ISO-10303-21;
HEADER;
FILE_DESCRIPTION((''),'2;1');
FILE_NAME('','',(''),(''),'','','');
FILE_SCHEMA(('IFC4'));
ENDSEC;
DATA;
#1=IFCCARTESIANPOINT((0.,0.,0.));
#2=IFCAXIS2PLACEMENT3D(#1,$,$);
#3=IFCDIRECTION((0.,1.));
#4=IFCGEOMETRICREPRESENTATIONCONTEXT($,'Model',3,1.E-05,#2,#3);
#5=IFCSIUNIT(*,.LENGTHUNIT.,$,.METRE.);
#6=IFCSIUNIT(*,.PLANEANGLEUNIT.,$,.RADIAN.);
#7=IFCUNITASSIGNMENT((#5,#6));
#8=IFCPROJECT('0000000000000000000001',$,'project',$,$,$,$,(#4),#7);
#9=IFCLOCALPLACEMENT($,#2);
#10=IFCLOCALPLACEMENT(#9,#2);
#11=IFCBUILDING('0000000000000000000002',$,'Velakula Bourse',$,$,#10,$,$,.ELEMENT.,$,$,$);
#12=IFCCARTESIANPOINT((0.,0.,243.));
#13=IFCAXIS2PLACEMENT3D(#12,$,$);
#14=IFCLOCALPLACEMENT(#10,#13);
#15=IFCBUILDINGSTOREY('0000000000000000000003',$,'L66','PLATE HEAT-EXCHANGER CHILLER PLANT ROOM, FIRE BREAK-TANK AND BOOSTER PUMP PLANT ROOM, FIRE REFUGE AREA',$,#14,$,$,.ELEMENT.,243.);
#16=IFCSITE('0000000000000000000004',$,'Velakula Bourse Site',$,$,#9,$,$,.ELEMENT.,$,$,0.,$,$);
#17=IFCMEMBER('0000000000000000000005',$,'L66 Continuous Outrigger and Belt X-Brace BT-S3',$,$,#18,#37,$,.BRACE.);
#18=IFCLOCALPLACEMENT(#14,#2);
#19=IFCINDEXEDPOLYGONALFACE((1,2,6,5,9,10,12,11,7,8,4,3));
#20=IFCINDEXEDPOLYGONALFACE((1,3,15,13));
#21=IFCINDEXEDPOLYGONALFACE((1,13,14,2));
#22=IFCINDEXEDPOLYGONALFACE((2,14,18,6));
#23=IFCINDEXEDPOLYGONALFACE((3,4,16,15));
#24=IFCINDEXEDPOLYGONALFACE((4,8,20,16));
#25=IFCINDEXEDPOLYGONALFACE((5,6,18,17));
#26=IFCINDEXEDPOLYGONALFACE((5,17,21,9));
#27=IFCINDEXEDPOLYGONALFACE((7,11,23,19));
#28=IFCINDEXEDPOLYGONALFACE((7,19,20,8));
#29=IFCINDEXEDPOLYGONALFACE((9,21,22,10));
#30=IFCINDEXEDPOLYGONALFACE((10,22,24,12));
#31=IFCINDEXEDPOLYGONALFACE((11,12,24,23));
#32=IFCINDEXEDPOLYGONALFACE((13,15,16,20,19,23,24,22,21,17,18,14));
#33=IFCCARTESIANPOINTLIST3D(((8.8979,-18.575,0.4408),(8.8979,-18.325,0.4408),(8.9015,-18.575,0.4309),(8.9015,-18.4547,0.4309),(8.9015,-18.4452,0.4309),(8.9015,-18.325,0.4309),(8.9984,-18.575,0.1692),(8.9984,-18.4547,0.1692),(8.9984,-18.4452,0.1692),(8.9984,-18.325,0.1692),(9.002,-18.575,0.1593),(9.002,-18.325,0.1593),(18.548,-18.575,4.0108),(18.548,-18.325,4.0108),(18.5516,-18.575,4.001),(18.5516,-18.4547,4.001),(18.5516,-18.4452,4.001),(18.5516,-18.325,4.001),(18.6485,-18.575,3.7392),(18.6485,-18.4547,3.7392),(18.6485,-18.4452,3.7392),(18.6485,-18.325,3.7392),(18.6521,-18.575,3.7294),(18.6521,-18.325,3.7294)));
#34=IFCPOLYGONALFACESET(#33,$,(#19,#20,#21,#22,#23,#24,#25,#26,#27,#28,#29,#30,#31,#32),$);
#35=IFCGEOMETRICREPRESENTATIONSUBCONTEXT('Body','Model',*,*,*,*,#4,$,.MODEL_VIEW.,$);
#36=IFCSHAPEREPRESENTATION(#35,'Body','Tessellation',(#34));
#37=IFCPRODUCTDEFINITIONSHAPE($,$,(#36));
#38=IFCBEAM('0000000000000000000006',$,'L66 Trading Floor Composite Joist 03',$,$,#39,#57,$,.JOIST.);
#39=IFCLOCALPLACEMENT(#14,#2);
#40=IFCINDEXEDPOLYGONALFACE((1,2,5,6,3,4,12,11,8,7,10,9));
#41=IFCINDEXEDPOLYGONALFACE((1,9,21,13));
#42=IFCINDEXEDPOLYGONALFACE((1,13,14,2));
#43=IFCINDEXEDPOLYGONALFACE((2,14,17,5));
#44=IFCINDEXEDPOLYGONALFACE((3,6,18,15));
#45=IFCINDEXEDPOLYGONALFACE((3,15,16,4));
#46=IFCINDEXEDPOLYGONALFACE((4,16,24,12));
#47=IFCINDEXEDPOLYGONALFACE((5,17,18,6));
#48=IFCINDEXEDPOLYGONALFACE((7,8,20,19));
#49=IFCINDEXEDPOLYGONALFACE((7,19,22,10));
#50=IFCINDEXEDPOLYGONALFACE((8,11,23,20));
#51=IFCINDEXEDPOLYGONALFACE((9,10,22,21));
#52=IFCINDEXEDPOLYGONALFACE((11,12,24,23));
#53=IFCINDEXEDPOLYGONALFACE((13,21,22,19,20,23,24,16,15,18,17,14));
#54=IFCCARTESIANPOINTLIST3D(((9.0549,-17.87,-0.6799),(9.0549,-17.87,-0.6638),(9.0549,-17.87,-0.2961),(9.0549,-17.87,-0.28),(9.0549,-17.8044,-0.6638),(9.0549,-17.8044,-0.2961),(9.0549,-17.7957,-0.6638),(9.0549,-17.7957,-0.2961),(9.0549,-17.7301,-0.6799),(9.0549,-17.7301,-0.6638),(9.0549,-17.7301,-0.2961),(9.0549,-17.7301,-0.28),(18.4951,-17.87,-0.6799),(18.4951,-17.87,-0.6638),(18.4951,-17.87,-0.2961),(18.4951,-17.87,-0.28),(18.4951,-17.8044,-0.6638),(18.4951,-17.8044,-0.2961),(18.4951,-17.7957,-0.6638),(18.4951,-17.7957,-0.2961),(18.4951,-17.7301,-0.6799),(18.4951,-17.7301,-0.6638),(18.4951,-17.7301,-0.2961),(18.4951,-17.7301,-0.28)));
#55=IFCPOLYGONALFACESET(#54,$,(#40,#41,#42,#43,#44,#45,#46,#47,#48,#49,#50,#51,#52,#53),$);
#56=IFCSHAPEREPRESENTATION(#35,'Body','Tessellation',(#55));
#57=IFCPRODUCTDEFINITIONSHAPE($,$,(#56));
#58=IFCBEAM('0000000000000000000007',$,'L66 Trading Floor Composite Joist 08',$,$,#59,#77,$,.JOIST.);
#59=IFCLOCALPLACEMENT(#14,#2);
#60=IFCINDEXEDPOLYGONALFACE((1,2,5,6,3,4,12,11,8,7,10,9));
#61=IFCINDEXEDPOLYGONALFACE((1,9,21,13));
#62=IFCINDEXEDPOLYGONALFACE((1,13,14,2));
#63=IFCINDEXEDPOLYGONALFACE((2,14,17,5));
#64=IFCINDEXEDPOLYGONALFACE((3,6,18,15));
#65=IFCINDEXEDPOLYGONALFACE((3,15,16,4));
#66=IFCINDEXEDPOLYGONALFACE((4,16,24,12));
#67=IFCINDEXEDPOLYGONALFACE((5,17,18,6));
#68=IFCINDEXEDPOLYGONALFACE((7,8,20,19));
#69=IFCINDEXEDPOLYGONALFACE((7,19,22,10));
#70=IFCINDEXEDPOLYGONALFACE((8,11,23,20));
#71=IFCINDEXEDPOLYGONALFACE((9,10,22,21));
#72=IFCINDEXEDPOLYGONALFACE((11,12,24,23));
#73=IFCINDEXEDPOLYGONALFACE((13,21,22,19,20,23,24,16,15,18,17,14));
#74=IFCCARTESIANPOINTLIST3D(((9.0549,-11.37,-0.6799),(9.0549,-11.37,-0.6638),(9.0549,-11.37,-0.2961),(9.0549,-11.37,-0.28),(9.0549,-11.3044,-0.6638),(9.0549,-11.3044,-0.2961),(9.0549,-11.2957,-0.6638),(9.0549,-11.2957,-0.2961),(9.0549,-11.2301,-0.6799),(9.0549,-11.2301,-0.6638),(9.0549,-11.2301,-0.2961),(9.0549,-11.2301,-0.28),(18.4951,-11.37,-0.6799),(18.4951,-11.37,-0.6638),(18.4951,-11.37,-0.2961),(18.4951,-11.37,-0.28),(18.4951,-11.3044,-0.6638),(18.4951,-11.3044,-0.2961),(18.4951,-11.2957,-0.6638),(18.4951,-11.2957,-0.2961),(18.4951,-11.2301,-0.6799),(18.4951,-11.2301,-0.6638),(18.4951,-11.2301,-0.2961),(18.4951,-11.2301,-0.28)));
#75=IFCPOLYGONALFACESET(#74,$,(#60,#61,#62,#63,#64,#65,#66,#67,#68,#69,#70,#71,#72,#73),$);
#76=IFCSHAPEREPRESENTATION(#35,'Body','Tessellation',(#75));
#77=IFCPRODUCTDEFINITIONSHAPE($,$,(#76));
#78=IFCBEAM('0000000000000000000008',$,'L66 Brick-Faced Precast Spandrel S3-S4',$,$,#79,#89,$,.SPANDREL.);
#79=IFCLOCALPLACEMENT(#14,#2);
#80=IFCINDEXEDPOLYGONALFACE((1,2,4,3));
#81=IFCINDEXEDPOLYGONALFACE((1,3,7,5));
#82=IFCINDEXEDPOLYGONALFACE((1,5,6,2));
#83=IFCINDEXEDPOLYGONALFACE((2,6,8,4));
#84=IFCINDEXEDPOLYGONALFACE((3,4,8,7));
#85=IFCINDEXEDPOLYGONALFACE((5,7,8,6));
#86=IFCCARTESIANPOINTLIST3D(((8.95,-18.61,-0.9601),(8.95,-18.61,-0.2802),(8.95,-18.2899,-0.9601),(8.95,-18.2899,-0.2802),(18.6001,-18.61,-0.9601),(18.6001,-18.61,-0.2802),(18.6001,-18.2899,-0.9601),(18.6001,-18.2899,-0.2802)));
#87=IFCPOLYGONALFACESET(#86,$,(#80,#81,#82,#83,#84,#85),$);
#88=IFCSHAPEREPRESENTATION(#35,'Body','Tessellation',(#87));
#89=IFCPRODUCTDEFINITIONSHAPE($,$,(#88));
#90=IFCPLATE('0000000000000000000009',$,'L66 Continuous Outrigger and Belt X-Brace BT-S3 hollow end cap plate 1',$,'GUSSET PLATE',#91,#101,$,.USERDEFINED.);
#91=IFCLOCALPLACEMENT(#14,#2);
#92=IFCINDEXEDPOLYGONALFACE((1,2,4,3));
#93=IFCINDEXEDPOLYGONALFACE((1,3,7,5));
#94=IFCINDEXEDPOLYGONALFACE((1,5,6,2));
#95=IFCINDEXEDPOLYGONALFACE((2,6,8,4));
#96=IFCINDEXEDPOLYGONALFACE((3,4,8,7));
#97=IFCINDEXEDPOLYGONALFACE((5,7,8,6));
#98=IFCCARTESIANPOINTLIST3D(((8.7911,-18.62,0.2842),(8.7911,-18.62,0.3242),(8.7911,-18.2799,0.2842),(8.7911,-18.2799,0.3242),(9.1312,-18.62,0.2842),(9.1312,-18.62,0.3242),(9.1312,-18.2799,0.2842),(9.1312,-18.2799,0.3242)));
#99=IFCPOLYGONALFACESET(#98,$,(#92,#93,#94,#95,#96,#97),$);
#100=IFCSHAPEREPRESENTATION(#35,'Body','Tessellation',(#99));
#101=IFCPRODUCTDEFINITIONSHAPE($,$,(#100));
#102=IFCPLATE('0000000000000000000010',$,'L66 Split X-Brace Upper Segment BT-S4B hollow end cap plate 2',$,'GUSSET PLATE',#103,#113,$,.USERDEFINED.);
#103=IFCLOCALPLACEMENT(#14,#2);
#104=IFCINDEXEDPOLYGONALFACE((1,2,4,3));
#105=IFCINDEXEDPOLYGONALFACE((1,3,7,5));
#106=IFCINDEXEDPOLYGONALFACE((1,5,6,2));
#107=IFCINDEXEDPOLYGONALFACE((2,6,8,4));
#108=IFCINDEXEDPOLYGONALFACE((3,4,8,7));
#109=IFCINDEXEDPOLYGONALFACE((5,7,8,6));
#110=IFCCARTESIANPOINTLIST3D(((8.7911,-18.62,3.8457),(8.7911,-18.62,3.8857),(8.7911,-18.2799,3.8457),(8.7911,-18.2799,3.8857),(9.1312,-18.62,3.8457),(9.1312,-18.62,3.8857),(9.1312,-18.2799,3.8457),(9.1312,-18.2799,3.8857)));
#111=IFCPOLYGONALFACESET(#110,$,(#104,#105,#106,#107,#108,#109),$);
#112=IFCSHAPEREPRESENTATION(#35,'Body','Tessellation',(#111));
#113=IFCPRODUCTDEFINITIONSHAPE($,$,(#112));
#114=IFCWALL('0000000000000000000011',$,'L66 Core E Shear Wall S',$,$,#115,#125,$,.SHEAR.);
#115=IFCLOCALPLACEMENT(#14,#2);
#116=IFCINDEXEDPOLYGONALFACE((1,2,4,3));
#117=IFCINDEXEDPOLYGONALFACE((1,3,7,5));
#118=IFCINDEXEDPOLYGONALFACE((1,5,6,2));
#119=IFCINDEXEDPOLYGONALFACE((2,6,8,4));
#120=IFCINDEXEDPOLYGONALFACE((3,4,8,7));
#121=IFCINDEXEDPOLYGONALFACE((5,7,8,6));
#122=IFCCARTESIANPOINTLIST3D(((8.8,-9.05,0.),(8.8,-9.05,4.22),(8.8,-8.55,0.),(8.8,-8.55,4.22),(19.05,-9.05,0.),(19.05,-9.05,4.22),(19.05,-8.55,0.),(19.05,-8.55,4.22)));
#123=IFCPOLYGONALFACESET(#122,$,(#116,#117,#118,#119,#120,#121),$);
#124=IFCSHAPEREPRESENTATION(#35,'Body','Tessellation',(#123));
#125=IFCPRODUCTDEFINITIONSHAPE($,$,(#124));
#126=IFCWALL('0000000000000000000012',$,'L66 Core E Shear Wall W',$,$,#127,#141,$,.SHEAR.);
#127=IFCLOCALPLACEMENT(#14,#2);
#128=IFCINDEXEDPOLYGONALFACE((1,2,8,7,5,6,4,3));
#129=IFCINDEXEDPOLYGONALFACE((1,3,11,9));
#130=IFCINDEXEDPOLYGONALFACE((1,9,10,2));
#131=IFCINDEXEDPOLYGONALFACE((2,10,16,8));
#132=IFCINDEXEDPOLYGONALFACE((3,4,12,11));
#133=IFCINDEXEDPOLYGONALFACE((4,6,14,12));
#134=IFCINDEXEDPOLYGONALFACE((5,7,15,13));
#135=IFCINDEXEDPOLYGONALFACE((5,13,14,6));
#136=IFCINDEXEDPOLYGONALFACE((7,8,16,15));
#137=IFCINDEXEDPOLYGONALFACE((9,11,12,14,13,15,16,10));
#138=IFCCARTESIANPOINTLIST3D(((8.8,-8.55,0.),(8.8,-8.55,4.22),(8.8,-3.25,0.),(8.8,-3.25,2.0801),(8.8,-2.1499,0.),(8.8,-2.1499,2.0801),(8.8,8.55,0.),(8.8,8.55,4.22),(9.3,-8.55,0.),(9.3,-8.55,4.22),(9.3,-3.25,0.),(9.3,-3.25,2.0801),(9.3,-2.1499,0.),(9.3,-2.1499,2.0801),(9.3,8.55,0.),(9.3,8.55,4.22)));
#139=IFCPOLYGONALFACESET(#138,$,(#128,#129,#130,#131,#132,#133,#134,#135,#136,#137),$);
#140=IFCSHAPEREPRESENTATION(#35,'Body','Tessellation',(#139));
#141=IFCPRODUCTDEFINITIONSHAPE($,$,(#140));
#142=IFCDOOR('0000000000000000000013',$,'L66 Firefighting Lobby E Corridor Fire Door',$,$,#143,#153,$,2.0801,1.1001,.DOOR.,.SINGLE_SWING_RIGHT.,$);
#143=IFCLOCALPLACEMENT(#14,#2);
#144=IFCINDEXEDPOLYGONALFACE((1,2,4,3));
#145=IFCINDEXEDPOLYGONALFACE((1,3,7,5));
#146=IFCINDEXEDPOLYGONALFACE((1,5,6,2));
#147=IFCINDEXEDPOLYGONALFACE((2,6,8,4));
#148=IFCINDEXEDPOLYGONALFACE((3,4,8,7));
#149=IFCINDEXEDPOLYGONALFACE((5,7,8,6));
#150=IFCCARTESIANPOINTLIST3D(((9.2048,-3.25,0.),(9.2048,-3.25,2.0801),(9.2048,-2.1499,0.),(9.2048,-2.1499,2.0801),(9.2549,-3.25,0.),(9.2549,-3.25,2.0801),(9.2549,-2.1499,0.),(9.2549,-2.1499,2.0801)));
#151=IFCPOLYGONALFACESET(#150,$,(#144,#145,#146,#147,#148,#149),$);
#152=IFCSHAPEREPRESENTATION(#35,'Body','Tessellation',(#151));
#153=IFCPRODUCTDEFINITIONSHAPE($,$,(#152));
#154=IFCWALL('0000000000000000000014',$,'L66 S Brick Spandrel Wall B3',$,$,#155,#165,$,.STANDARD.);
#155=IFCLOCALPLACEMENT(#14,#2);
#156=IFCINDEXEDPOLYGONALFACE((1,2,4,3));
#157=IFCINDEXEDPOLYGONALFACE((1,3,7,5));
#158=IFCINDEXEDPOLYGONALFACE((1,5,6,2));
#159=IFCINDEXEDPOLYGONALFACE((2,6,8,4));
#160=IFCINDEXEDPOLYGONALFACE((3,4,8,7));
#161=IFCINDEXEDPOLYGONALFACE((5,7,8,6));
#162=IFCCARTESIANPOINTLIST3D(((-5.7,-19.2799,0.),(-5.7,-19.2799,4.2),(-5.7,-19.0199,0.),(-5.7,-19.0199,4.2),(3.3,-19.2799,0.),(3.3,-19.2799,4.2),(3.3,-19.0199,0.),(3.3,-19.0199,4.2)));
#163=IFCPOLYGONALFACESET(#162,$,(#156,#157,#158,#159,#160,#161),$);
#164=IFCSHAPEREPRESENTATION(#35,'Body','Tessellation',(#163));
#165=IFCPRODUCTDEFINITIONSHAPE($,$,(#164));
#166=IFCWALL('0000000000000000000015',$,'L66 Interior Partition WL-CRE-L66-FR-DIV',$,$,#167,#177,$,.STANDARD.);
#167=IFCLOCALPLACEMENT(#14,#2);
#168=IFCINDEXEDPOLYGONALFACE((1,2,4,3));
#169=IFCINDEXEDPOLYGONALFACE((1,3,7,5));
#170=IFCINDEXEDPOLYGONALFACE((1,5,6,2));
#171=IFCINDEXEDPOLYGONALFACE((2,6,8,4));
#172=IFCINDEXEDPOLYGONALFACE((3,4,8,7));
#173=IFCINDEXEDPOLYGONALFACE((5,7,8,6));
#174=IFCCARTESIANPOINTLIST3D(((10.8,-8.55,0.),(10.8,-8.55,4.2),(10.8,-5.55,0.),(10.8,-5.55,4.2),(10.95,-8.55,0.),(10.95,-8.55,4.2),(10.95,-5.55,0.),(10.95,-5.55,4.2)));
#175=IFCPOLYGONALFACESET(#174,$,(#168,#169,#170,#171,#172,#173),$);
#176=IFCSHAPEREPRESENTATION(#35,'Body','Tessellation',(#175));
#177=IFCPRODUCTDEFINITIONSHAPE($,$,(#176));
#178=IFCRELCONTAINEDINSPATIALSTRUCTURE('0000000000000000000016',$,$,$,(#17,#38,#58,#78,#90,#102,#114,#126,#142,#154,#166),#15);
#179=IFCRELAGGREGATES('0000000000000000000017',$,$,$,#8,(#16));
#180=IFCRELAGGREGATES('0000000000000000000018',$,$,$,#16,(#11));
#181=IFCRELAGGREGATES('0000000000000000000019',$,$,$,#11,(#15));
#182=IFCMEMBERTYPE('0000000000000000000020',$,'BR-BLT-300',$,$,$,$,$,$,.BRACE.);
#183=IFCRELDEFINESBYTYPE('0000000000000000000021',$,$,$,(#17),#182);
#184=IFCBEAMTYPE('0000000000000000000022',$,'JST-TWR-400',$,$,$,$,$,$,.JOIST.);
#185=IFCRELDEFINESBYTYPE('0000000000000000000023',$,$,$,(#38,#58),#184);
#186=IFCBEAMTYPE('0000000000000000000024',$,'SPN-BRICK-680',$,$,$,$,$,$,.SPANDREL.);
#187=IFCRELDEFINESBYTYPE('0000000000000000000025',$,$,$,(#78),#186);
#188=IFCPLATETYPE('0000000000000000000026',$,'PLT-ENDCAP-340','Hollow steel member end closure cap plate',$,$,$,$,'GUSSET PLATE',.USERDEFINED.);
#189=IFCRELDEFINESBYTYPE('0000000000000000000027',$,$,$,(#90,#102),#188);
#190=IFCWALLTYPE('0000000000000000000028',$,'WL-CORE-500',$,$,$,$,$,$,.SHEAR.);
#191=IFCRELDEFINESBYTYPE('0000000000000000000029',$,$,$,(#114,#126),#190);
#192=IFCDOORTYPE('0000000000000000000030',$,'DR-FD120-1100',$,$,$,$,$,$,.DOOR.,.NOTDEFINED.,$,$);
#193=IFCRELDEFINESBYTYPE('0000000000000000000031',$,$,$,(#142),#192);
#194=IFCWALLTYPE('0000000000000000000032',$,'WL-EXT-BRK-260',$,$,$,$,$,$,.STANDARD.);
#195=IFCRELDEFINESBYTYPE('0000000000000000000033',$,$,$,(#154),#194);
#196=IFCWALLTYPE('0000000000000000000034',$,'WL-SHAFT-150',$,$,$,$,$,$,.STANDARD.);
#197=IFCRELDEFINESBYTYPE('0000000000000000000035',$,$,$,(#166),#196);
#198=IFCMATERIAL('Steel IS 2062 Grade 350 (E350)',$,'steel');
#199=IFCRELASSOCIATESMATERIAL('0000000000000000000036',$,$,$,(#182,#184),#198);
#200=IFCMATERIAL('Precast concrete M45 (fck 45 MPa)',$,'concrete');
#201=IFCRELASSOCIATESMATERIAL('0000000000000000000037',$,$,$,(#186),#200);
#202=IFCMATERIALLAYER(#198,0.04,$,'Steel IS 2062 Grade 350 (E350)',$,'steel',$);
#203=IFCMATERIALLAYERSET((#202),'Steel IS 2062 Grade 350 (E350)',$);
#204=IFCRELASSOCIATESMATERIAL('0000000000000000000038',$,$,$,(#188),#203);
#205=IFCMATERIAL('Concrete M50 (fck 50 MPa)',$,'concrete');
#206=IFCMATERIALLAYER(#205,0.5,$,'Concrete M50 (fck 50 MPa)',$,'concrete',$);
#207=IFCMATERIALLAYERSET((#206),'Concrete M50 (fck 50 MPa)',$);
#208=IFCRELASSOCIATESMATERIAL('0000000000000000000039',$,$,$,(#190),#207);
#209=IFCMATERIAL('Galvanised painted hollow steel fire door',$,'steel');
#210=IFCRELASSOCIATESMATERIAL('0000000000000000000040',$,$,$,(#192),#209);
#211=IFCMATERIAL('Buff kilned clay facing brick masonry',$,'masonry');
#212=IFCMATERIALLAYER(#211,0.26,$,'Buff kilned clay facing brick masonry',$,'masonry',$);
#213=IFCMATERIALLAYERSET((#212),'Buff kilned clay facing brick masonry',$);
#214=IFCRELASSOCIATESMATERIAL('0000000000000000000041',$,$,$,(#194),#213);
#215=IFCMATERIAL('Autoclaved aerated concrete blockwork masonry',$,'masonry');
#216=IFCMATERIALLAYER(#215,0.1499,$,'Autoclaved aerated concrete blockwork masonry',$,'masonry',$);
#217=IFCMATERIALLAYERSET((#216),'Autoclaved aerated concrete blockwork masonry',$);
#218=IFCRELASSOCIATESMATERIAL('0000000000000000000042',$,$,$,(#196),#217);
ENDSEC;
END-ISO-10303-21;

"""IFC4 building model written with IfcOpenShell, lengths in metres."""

from ifc_helpers import new_model, si_unit, direction, frame, frame_2d, origin, origin_2d, place, context, subcontext, project, spatial, rectangle, i_section, extrude, material, layer, layer_set, material_profile, profile_set, type_object, element, fill, save


model = new_model("IFC4")

# Units and contexts
model_context = context("Model", 3, precision=1e-05, world=origin(), true_north=direction((0.0, 1.0)))
body_context = subcontext(model_context, "Body", "Model", "MODEL_VIEW")
ifc_project = project(units=[si_unit("LENGTHUNIT", "METRE"), si_unit("PLANEANGLEUNIT", "RADIAN")], contexts=[model_context])

# Site, building, storey
site_placement = place(None, origin())
site = spatial("IfcSite", under=ifc_project, at=site_placement, Name="Velakula Bourse Site", CompositionType="ELEMENT", RefElevation=0.0)
building_placement = place(site_placement, origin())
building = spatial("IfcBuilding", under=site, at=building_placement, Name="Velakula Bourse", CompositionType="ELEMENT")
storey_placement = place(building_placement, frame((0.0, 0.0, 243.0)))
storey = spatial("IfcBuildingStorey", under=building, at=storey_placement, Name="L66", Description="PLATE HEAT-EXCHANGER CHILLER PLANT ROOM, FIRE BREAK-TANK AND BOOSTER PUMP PLANT ROOM, FIRE REFUGE AREA", CompositionType="ELEMENT", Elevation=243.0)

# Shared definitions
ifc_material_1 = material(Name="Concrete M50 (fck 50 MPa)", Category="concrete")
ifc_material_2 = material(Name="Steel IS 2062 Grade 350 (E350)", Category="steel")

# Member
ifc_material_profile_1 = material_profile(ifc_material_2, i_section(OverallWidth=0.25, OverallDepth=0.3, WebThickness=0.0095, FlangeThickness=0.0105, at=origin_2d()), Name="Steel IS 2062 Grade 350 (E350)")
ifc_profile_set_1 = profile_set([ifc_material_profile_1], Name="Steel IS 2062 Grade 350 (E350)")
member_type = type_object("IfcMemberType", Name="BR-BLT-300", PredefinedType="BRACE", material=ifc_profile_set_1)
member_placement = place(storey_placement, frame((8.95, -18.45, 0.3), z_axis=(0.937877, 0.0, 0.346967), x_axis=(0.0, 1.0, 0.0)))
element("IfcMember", 1, at=member_placement, inside=storey, type_object=member_type, Name="L66 Continuous Outrigger and Belt X-Brace BT-S3", PredefinedType="BRACE", context=body_context, shape_type="SweptSolid", body=[
    extrude(i_section(OverallWidth=0.25, OverallDepth=0.3, WebThickness=0.0095, FlangeThickness=0.0105, at=origin_2d()), origin(), (0.0, 0.0, 1.0), 10.2893),
])

# Beams
ifc_material_profile_2 = material_profile(ifc_material_2, i_section(OverallWidth=0.1399, OverallDepth=0.3999, WebThickness=0.0088, FlangeThickness=0.0161, at=origin_2d()), Name="Steel IS 2062 Grade 350 (E350)")
ifc_profile_set_2 = profile_set([ifc_material_profile_2], Name="Steel IS 2062 Grade 350 (E350)")
beam_type_1 = type_object("IfcBeamType", Name="JST-TWR-400", PredefinedType="JOIST", material=ifc_profile_set_2)
for number, where, z_axis, x_axis, name in (
    (2, (9.0549, -17.8, -0.48), (1.0, 0.0, 0.0), (0.0, 1.0, 0.0), "L66 Trading Floor Composite Joist 03"),
    (3, (9.0549, -11.3, -0.48), (1.0, 0.0, 0.0), (0.0, 1.0, 0.0), "L66 Trading Floor Composite Joist 08"),
):
    element("IfcBeam", number, at=place(storey_placement, frame(where, z_axis=z_axis, x_axis=x_axis)), inside=storey, type_object=beam_type_1, Name=name, PredefinedType="JOIST", context=body_context, shape_type="SweptSolid", body=[
        extrude(i_section(OverallWidth=0.1399, OverallDepth=0.3999, WebThickness=0.0088, FlangeThickness=0.0161, at=origin_2d()), origin(), (0.0, 0.0, 1.0), 9.4402),
    ])
ifc_material_3 = material(Name="Precast concrete M45 (fck 45 MPa)", Category="concrete")
ifc_material_profile_3 = material_profile(ifc_material_3, rectangle(XDim=0.3201, YDim=0.6799, at=origin_2d()), Name="Precast concrete M45 (fck 45 MPa)")
ifc_profile_set_3 = profile_set([ifc_material_profile_3], Name="Precast concrete M45 (fck 45 MPa)")
beam_type_2 = type_object("IfcBeamType", Name="SPN-BRICK-680", PredefinedType="SPANDREL", material=ifc_profile_set_3)
beam_1_placement = place(storey_placement, frame((8.95, -18.45, -0.6201), z_axis=(1.0, 0.0, 0.0), x_axis=(0.0, 1.0, 0.0)))
element("IfcBeam", 4, at=beam_1_placement, inside=storey, type_object=beam_type_2, Name="L66 Brick-Faced Precast Spandrel S3-S4", PredefinedType="SPANDREL", context=body_context, shape_type="SweptSolid", body=[
    extrude(rectangle(XDim=0.3201, YDim=0.6799, at=origin_2d()), origin(), (0.0, 0.0, 1.0), 9.6501),
])

# Plates
ifc_layer_1 = layer(ifc_material_2, 0.04, Name="Steel IS 2062 Grade 350 (E350)", Category="steel")
ifc_layer_set_1 = layer_set([ifc_layer_1], Name="Steel IS 2062 Grade 350 (E350)")
plate_type = type_object("IfcPlateType", Name="PLT-ENDCAP-340", Description="Hollow steel member end closure cap plate", ElementType="GUSSET PLATE", PredefinedType="USERDEFINED", material=ifc_layer_set_1)
for number, where, z_axis, x_axis, name in (
    (5, (8.9612, -18.45, 0.2842), (0.0, 0.0, 1.0), (1.0, 0.0, 0.0), "L66 Continuous Outrigger and Belt X-Brace BT-S3 hollow end cap plate 1"),
    (6, (8.9612, -18.45, 3.8457), (0.0, 0.0, 1.0), (-1.0, 0.0, 0.0), "L66 Split X-Brace Upper Segment BT-S4B hollow end cap plate 2"),
):
    element("IfcPlate", number, at=place(storey_placement, frame(where, z_axis=z_axis, x_axis=x_axis)), inside=storey, type_object=plate_type, Name=name, ObjectType="GUSSET PLATE", PredefinedType="USERDEFINED", context=body_context, shape_type="SweptSolid", body=[
        extrude(rectangle(XDim=0.3401, YDim=0.3401, at=origin_2d()), origin(), (0.0, 0.0, 1.0), 0.04),
    ])

# Wall
ifc_layer_2 = layer(ifc_material_1, 0.5, Name="Concrete M50 (fck 50 MPa)", Category="concrete")
ifc_layer_set_2 = layer_set([ifc_layer_2], Name="Concrete M50 (fck 50 MPa)")
wall_type_1 = type_object("IfcWallType", Name="WL-CORE-500", PredefinedType="SHEAR", material=ifc_layer_set_2)
wall_1_placement = place(storey_placement, frame((8.8, -8.8, 0.0), z_axis=(0.0, 0.0, 1.0), x_axis=(1.0, 0.0, 0.0)))
element("IfcWall", 7, at=wall_1_placement, inside=storey, type_object=wall_type_1, Name="L66 Core E Shear Wall S", PredefinedType="SHEAR", context=body_context, shape_type="SweptSolid", body=[
    extrude(rectangle(XDim=10.25, YDim=0.5, at=frame_2d((5.125, 0.0))), origin(), (0.0, 0.0, 1.0), 4.22),
])

# Wall, opening, door
wall_2_placement = place(storey_placement, frame((9.05, -8.55, 0.0), z_axis=(0.0, 0.0, 1.0), x_axis=(0.0, 1.0, 0.0)))
wall_2 = element("IfcWall", 8, at=wall_2_placement, inside=storey, type_object=wall_type_1, Name="L66 Core E Shear Wall W", PredefinedType="SHEAR", context=body_context, shape_type="SweptSolid", body=[
    extrude(rectangle(XDim=17.1001, YDim=0.5, at=frame_2d((8.55, 0.0))), origin(), (0.0, 0.0, 1.0), 4.22),
])
opening_1_placement = place(wall_2_placement, frame((5.3, 0.0, 0.0)))
opening_1 = element("IfcOpeningElement", 9, at=opening_1_placement, cuts=wall_2, PredefinedType="OPENING", context=body_context, shape_type="SweptSolid", body=[
    extrude(rectangle(XDim=1.1001, YDim=2.0801, at=frame_2d((0.55, 1.04))), frame((0.0, 0.26, 0.0), z_axis=(0.0, -1.0, 0.0), x_axis=(1.0, 0.0, 0.0)), (0.0, 0.0, 1.0), 0.52),
])
ifc_material_4 = material(Name="Galvanised painted hollow steel fire door", Category="steel")
door_type_1 = type_object("IfcDoorType", Name="DR-FD120-1100", OperationType="NOTDEFINED", PredefinedType="DOOR", material=ifc_material_4)
door_1_placement = place(opening_1_placement, origin())
door_1 = element("IfcDoor", 10, at=door_1_placement, inside=storey, type_object=door_type_1, Name="L66 Firefighting Lobby E Corridor Fire Door", OperationType="SINGLE_SWING_RIGHT", OverallHeight=2.0801, OverallWidth=1.1001, PredefinedType="DOOR", context=body_context, shape_type="SweptSolid", body=[
    extrude(rectangle(XDim=1.1001, YDim=2.0801, at=frame_2d((0.55, 1.04))), frame((0.0, -0.1548, 0.0), z_axis=(0.0, -1.0, 0.0), x_axis=(1.0, 0.0, 0.0)), (0.0, 0.0, 1.0), 0.05),
])
fill(opening_1, door_1)

# Wall
ifc_material_5 = material(Name="Buff kilned clay facing brick masonry", Category="masonry")
ifc_layer_3 = layer(ifc_material_5, 0.26, Name="Buff kilned clay facing brick masonry", Category="masonry")
ifc_layer_set_3 = layer_set([ifc_layer_3], Name="Buff kilned clay facing brick masonry")
wall_type_2 = type_object("IfcWallType", Name="WL-EXT-BRK-260", PredefinedType="STANDARD", material=ifc_layer_set_3)
wall_3_placement = place(storey_placement, frame((3.3, -19.1499, 0.0), z_axis=(0.0, 0.0, 1.0), x_axis=(-1.0, 0.0, 0.0)))
element("IfcWall", 11, at=wall_3_placement, inside=storey, type_object=wall_type_2, Name="L66 S Brick Spandrel Wall B3", PredefinedType="STANDARD", context=body_context, shape_type="SweptSolid", body=[
    extrude(rectangle(XDim=9.0, YDim=0.26, at=frame_2d((4.5, 0.0))), origin(), (0.0, 0.0, 1.0), 4.2),
])

# Shared definitions
ifc_material_6 = material(Name="Autoclaved aerated concrete blockwork masonry", Category="masonry")
ifc_layer_4 = layer(ifc_material_6, 0.1499, Name="Autoclaved aerated concrete blockwork masonry", Category="masonry")
ifc_layer_set_4 = layer_set([ifc_layer_4], Name="Autoclaved aerated concrete blockwork masonry")
wall_type_3 = type_object("IfcWallType", Name="WL-SHAFT-150", PredefinedType="STANDARD", material=ifc_layer_set_4)

# Wall
wall_4_placement = place(storey_placement, frame((10.875, -8.55, 0.0), z_axis=(0.0, 0.0, 1.0), x_axis=(0.0, 1.0, 0.0)))
element("IfcWall", 12, at=wall_4_placement, inside=storey, type_object=wall_type_3, Name="L66 Interior Partition WL-CRE-L66-FR-DIV", PredefinedType="STANDARD", context=body_context, shape_type="SweptSolid", body=[
    extrude(rectangle(XDim=3.0, YDim=0.1499, at=frame_2d((1.5, 0.0))), origin(), (0.0, 0.0, 1.0), 4.2),
])

save(model, "model.ifc")
